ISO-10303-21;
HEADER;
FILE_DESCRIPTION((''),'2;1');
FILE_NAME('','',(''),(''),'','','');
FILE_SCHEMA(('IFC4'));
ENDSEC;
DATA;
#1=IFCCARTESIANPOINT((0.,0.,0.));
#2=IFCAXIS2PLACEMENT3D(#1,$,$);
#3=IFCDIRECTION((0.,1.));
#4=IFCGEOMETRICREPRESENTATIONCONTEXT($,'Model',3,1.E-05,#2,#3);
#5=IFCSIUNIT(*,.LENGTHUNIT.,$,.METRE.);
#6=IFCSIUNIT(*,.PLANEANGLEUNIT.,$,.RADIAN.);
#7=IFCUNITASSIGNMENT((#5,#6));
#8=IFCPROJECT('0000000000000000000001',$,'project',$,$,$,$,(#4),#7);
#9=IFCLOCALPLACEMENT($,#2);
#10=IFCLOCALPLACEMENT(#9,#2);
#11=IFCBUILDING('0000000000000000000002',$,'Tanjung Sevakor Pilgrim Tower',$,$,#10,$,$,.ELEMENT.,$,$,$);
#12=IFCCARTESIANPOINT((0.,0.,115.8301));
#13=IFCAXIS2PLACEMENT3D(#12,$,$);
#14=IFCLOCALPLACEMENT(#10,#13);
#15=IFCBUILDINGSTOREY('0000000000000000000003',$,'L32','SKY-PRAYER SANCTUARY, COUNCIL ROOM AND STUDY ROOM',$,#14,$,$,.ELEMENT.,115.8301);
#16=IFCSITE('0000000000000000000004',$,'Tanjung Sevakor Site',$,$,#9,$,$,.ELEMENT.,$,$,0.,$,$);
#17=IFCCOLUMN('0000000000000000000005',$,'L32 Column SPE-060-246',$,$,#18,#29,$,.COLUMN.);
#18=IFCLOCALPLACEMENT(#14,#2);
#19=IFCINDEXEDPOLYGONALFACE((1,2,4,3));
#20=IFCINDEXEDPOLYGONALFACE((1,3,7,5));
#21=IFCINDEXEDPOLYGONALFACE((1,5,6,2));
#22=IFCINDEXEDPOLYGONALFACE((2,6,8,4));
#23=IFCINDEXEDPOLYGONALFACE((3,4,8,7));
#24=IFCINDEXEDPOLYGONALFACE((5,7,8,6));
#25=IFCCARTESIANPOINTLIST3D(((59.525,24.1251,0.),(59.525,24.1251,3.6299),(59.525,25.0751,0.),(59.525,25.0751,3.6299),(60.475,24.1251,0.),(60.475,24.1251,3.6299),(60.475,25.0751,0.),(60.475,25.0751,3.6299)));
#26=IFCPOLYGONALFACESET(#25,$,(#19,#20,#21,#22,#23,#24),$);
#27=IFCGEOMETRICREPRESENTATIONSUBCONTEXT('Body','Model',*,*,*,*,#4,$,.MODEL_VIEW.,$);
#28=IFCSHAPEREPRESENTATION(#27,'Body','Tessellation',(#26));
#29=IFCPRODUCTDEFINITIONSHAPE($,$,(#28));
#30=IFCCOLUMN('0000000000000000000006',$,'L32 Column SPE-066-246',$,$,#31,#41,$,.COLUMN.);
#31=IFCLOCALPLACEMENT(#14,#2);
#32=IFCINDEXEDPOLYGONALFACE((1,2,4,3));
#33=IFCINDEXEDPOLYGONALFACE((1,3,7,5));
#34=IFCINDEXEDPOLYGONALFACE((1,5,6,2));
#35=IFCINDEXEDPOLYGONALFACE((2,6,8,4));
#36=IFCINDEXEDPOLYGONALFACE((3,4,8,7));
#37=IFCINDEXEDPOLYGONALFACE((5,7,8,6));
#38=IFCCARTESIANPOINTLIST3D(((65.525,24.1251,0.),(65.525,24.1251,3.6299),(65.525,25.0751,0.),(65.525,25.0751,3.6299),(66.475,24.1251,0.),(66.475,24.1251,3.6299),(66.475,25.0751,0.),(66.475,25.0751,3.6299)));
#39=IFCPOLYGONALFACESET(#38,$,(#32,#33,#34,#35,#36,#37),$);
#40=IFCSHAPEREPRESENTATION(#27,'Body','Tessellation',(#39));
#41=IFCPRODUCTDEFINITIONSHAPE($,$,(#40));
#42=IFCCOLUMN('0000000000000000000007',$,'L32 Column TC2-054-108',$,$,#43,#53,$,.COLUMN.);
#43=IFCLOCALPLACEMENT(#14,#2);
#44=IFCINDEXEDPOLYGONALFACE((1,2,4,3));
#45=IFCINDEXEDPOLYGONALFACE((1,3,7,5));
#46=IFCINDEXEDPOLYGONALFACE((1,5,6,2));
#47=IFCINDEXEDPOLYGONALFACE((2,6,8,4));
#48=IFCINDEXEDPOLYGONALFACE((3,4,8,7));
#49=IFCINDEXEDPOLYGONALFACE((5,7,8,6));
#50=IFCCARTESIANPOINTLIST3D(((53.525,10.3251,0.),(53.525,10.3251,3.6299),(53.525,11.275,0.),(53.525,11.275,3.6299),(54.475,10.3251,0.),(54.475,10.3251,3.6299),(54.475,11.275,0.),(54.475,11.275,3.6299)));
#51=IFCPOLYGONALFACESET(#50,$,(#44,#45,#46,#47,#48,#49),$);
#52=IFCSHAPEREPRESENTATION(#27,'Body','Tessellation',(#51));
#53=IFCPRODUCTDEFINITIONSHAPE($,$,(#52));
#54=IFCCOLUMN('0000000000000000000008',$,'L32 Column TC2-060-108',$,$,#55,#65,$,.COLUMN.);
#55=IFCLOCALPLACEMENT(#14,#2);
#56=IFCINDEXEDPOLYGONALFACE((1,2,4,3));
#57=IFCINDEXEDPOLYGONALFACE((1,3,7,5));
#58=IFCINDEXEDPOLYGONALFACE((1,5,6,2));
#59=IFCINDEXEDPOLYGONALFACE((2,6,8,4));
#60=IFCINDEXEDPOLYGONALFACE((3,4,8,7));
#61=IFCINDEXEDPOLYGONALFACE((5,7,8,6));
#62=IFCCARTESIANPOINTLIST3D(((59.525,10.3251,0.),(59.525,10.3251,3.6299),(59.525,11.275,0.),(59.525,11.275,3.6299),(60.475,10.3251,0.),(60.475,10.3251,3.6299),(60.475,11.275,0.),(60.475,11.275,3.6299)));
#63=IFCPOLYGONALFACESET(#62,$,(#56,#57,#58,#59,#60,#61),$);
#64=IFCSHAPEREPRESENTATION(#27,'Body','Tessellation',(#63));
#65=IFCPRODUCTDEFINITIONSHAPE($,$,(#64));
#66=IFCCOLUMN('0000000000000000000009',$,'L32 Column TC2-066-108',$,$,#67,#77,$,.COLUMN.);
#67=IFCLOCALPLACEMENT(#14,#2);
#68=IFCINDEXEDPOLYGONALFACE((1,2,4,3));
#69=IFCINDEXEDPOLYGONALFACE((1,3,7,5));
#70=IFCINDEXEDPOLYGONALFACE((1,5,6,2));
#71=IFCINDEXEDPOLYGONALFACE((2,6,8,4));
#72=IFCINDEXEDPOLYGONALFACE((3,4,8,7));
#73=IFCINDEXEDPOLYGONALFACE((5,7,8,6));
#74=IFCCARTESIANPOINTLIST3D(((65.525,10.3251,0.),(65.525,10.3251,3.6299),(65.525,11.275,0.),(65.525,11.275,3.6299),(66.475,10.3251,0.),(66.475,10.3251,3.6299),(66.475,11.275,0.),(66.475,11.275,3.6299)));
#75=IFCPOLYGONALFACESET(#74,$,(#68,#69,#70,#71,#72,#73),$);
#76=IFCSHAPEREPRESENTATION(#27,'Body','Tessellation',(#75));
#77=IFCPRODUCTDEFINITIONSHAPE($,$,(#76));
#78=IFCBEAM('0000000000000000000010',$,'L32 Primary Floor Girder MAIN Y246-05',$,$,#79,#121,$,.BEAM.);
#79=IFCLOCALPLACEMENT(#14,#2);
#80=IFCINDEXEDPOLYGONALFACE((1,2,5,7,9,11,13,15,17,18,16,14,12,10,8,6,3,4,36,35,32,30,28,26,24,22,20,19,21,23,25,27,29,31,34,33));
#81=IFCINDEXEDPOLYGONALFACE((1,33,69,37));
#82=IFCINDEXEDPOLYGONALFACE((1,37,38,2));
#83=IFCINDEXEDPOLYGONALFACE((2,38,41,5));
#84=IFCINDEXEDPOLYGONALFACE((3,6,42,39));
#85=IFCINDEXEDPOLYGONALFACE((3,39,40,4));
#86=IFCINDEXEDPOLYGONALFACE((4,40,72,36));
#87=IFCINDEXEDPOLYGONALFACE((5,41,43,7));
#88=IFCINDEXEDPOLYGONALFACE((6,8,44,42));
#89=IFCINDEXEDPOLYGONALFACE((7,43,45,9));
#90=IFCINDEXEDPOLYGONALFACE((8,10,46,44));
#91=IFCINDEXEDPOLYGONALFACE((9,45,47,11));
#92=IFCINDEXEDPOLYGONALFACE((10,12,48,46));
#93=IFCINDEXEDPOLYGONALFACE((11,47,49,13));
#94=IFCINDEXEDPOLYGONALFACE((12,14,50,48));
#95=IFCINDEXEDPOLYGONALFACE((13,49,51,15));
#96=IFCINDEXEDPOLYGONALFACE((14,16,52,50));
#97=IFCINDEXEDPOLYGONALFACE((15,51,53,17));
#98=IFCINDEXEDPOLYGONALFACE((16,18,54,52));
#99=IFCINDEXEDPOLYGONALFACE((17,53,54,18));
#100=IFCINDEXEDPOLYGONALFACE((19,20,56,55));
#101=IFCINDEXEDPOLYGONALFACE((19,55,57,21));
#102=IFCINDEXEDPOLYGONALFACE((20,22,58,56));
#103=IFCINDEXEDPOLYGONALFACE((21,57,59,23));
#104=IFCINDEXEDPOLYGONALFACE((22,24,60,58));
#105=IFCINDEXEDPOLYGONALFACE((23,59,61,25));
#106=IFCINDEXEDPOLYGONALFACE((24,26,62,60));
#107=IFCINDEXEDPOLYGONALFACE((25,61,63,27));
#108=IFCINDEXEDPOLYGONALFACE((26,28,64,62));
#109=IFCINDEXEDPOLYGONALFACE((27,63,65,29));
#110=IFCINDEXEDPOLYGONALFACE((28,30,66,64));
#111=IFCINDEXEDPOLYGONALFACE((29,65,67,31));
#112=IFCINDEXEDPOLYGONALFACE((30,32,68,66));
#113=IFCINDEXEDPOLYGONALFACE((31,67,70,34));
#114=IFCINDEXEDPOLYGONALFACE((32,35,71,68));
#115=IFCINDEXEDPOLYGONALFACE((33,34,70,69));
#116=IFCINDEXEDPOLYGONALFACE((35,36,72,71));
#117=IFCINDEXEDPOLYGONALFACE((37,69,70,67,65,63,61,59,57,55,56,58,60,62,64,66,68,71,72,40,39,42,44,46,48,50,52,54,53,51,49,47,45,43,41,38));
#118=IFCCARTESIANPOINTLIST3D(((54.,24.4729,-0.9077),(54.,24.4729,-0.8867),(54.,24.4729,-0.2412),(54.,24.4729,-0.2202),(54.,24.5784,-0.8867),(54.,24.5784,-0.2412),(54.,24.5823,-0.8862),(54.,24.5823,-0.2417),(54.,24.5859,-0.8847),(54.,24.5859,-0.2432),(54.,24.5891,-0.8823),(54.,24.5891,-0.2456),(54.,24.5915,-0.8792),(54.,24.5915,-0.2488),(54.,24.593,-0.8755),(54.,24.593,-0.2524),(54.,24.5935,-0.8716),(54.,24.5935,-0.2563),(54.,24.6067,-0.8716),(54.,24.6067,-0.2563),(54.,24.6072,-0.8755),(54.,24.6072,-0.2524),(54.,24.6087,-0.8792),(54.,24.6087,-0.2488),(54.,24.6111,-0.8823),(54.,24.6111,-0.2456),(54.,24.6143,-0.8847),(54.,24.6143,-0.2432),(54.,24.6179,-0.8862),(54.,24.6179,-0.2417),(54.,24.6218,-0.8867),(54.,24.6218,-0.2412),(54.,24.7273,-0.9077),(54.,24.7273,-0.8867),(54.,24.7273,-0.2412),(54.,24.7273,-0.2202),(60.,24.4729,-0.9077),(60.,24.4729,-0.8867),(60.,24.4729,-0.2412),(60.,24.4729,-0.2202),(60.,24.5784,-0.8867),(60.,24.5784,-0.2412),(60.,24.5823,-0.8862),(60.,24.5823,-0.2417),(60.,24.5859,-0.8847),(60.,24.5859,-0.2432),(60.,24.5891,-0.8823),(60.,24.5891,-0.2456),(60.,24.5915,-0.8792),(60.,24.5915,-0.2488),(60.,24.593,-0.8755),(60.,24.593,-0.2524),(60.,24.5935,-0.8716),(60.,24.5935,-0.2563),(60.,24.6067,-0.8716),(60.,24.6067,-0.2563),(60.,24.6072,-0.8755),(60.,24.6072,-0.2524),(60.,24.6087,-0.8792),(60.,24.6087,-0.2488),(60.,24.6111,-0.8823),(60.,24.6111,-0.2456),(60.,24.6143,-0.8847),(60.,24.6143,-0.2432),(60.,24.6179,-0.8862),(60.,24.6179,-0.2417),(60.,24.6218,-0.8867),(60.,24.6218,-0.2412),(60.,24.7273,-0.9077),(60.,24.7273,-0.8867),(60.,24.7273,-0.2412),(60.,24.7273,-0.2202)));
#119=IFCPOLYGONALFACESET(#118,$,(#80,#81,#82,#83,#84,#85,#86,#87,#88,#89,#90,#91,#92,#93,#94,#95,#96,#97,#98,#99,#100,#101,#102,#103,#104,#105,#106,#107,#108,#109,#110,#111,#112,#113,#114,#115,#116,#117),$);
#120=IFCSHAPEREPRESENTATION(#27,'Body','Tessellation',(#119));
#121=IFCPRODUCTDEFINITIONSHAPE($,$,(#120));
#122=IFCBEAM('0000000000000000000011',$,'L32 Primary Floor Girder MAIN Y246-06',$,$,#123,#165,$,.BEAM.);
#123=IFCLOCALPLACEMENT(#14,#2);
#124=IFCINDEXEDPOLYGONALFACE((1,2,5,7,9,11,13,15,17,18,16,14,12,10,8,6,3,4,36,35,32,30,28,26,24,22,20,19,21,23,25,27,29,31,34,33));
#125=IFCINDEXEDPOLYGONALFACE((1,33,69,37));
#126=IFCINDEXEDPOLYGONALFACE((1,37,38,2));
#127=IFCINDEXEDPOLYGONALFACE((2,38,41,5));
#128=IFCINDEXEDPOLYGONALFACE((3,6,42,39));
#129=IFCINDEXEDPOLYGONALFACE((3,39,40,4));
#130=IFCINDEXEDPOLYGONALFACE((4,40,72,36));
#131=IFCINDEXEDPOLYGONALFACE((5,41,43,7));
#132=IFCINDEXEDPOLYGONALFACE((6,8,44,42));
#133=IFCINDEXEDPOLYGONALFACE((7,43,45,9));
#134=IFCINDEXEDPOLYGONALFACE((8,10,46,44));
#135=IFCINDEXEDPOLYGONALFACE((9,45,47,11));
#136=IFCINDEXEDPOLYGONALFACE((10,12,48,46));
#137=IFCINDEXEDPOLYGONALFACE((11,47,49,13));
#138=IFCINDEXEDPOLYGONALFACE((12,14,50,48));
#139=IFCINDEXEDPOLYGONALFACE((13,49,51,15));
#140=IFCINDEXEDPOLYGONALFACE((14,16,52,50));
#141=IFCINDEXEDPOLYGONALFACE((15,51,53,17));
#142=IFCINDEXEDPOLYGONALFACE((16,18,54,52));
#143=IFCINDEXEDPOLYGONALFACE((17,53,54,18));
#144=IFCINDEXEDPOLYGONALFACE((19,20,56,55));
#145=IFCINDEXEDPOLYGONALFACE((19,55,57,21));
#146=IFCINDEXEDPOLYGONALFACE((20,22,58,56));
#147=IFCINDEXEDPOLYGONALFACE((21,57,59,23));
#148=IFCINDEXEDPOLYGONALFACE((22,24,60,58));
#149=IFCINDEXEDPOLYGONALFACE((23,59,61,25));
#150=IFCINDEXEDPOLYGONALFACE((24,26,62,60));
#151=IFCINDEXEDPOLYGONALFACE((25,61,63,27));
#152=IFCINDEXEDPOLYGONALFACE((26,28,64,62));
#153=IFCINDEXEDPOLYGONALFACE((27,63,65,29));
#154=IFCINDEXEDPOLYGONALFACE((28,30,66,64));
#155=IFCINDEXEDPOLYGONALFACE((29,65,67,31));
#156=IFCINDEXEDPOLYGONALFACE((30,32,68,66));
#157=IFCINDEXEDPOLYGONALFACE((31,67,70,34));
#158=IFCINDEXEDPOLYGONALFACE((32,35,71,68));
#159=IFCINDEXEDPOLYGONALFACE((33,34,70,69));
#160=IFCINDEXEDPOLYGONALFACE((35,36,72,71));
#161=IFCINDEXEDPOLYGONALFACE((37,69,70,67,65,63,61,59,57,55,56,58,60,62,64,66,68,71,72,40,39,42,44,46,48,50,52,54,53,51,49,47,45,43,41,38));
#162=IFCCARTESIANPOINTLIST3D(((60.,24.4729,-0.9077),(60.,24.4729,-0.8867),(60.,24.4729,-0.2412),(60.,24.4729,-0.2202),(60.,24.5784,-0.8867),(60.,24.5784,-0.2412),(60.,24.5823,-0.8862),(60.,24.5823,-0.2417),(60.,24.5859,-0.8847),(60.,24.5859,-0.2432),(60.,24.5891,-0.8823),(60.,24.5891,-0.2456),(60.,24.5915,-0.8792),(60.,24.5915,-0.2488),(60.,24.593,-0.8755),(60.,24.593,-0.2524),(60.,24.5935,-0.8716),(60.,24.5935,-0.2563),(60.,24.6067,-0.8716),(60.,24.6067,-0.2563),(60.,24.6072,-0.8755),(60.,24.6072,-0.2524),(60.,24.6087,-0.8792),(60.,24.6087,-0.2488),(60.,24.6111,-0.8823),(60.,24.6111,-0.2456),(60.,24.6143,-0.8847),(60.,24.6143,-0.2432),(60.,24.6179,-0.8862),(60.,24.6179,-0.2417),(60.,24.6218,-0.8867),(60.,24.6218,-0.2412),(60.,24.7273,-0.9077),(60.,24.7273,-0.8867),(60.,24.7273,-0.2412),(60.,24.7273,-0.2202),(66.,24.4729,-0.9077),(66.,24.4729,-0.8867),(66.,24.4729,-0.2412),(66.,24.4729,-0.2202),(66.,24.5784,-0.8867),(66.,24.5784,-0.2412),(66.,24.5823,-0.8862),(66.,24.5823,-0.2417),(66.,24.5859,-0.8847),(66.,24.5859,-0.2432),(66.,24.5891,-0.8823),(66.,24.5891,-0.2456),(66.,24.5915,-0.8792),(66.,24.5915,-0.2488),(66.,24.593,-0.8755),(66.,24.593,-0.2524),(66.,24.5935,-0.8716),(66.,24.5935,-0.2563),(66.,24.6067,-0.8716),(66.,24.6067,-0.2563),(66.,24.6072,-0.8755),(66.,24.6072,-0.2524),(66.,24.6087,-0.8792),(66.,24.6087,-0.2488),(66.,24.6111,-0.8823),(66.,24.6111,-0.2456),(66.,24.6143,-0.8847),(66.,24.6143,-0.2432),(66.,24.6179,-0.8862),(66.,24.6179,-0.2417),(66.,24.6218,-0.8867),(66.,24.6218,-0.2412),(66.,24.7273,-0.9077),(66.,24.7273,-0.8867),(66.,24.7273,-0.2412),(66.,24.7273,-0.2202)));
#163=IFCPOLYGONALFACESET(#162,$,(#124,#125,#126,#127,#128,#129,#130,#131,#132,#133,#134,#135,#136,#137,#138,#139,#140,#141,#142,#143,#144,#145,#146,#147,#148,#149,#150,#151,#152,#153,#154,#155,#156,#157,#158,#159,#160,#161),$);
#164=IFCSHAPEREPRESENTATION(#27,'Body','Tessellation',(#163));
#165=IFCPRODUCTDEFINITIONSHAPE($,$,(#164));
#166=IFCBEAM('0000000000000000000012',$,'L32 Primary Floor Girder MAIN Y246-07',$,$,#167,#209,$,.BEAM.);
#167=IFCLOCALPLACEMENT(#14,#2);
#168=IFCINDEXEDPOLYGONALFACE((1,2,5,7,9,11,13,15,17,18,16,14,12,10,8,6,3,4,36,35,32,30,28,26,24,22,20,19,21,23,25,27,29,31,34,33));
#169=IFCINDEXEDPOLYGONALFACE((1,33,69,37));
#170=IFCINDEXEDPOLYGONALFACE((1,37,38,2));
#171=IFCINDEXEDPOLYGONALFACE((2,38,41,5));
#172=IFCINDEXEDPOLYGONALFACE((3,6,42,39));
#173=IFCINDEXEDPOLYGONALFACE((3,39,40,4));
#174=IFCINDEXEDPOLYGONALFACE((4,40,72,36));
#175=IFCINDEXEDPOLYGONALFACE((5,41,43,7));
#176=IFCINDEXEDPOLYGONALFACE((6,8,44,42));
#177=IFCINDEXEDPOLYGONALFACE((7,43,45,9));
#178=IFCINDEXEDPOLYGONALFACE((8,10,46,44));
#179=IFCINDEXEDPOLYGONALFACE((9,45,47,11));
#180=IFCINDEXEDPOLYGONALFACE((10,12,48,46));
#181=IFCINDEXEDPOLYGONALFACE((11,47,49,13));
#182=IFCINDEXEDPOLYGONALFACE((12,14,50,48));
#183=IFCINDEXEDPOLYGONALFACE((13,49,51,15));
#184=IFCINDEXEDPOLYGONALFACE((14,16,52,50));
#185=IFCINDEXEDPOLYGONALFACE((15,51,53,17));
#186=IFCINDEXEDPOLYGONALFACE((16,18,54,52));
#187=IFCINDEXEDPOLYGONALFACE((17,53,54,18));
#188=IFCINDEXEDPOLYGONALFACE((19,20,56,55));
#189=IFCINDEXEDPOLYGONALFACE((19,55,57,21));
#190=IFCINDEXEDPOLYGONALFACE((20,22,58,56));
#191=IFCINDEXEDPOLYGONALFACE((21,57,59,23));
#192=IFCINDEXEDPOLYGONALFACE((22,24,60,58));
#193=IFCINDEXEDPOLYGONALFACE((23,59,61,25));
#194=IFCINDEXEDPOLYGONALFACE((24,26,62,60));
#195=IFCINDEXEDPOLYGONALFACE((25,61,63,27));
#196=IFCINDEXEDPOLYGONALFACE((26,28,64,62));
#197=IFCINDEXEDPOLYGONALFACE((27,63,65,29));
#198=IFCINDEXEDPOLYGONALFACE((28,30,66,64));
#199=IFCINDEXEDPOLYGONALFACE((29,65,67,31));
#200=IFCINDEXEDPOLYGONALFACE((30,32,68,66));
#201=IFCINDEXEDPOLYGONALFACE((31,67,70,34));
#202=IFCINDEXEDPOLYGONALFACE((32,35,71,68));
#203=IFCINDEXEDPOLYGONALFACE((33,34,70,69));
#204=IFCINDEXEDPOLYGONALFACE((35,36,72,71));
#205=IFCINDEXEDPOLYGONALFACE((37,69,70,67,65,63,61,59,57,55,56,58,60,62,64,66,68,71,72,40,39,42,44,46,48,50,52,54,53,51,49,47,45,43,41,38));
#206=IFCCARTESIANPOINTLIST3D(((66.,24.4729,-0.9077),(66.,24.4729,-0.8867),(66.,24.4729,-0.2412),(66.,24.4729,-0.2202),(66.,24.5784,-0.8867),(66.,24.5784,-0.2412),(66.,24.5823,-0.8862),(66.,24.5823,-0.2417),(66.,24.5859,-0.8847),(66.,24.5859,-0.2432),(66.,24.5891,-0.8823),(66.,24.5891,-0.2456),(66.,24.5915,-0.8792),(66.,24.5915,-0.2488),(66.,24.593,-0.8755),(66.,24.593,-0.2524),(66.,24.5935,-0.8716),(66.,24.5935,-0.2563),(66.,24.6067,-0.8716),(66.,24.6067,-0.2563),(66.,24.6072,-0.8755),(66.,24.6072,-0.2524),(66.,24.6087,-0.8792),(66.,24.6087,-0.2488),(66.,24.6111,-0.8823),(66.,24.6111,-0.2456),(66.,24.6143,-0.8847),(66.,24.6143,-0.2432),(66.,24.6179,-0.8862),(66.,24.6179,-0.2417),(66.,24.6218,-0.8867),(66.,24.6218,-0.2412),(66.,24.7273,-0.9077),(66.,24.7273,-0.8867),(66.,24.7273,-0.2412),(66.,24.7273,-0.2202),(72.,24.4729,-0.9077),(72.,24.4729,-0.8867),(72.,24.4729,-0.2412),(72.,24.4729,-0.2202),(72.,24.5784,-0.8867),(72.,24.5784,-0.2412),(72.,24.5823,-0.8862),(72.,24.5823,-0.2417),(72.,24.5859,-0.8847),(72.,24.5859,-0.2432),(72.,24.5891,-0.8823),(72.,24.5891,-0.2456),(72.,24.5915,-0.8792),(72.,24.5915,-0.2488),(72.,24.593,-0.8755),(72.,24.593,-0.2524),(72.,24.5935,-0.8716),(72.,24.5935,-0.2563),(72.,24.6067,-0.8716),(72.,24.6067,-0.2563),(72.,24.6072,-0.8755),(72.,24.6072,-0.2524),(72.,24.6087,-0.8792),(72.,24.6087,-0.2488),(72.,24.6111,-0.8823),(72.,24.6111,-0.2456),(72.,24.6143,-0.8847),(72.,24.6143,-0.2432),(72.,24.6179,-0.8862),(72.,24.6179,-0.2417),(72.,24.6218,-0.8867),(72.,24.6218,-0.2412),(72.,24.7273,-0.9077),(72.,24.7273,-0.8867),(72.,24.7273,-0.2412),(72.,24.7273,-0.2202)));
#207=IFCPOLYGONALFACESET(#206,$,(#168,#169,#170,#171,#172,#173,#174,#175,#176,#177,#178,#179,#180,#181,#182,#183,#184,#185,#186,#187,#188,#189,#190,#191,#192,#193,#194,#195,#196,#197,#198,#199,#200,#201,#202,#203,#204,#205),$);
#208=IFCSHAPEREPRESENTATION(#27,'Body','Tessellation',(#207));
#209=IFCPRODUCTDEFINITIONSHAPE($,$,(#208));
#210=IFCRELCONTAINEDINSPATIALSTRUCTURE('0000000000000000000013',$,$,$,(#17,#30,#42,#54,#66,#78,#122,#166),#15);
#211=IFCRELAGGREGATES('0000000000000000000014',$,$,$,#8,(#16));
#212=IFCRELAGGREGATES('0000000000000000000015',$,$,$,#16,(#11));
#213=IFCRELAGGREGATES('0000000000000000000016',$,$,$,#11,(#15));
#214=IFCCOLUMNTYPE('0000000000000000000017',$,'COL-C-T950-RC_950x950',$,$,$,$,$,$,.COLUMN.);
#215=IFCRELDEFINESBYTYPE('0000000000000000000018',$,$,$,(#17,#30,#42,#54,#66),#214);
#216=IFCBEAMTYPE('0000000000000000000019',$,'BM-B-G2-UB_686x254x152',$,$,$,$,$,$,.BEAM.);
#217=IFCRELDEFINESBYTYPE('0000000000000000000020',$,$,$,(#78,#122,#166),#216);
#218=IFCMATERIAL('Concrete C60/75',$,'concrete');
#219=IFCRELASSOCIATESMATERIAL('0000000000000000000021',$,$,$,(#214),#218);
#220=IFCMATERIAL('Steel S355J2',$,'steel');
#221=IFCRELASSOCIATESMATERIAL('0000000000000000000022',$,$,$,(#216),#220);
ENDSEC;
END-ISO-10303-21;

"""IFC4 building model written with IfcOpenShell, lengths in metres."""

from ifc_helpers import new_model, si_unit, direction, frame, origin, origin_2d, place, context, subcontext, project, spatial, rectangle, i_section, extrude, material, material_profile, profile_set, type_object, element, save


model = new_model("IFC4")

# Units and contexts
model_context = context("Model", 3, precision=1e-05, world=origin(), true_north=direction((0.0, 1.0)))
body_context = subcontext(model_context, "Body", "Model", "MODEL_VIEW")
ifc_project = project(units=[si_unit("LENGTHUNIT", "METRE"), si_unit("PLANEANGLEUNIT", "RADIAN")], contexts=[model_context])

# Site, building, storey
site_placement = place(None, origin())
site = spatial("IfcSite", under=ifc_project, at=site_placement, Name="Tanjung Sevakor Site", CompositionType="ELEMENT", RefElevation=0.0)
building_placement = place(site_placement, origin())
building = spatial("IfcBuilding", under=site, at=building_placement, Name="Tanjung Sevakor Pilgrim Tower", CompositionType="ELEMENT")
storey_placement = place(building_placement, frame((0.0, 0.0, 115.8301)))
storey = spatial("IfcBuildingStorey", under=building, at=storey_placement, Name="L32", Description="SKY-PRAYER SANCTUARY, COUNCIL ROOM AND STUDY ROOM", CompositionType="ELEMENT", Elevation=115.8301)

# Columns
ifc_material_1 = material(Name="Concrete C60/75", Category="concrete")
ifc_material_profile_1 = material_profile(ifc_material_1, rectangle(XDim=0.95, YDim=0.95, at=origin_2d()))
ifc_profile_set_1 = profile_set([ifc_material_profile_1], Name="Concrete C60/75")
column_type = type_object("IfcColumnType", Name="COL-C-T950-RC_950x950", PredefinedType="COLUMN", material=ifc_profile_set_1)
for number, where, z_axis, x_axis, name in (
    (1, (60.0, 24.6001, 0.0), (0.0, 0.0, 1.0), (1.0, 0.0, 0.0), "L32 Column SPE-060-246"),
    (2, (66.0, 24.6001, 0.0), (0.0, 0.0, 1.0), (1.0, 0.0, 0.0), "L32 Column SPE-066-246"),
    (3, (54.0, 10.8, 0.0), (0.0, 0.0, 1.0), (1.0, 0.0, 0.0), "L32 Column TC2-054-108"),
    (4, (60.0, 10.8, 0.0), (0.0, 0.0, 1.0), (1.0, 0.0, 0.0), "L32 Column TC2-060-108"),
    (5, (66.0, 10.8, 0.0), (0.0, 0.0, 1.0), (1.0, 0.0, 0.0), "L32 Column TC2-066-108"),
):
    element("IfcColumn", number, at=place(storey_placement, frame(where, z_axis=z_axis, x_axis=x_axis)), inside=storey, type_object=column_type, Name=name, PredefinedType="COLUMN", context=body_context, shape_type="SweptSolid", body=[
        extrude(rectangle(XDim=0.95, YDim=0.95, at=origin_2d()), origin(), (0.0, 0.0, 1.0), 3.6299),
    ])

# Beams
ifc_material_2 = material(Name="Steel S355J2", Category="steel")
ifc_material_profile_2 = material_profile(ifc_material_2, i_section(OverallWidth=0.2544, OverallDepth=0.6875, WebThickness=0.0132, FlangeThickness=0.021, FilletRadius=0.0151, at=origin_2d()))
ifc_profile_set_2 = profile_set([ifc_material_profile_2], Name="Steel S355J2")
beam_type_1 = type_object("IfcBeamType", Name="BM-B-G2-UB_686x254x152", PredefinedType="BEAM", material=ifc_profile_set_2)
for number, where, z_axis, x_axis, name in (
    (6, (54.0, 24.6001, -0.564), (1.0, 0.0, 0.0), (0.0, 1.0, 0.0), "L32 Primary Floor Girder MAIN Y246-05"),
    (7, (60.0, 24.6001, -0.564), (1.0, 0.0, 0.0), (0.0, 1.0, 0.0), "L32 Primary Floor Girder MAIN Y246-06"),
    (8, (66.0, 24.6001, -0.564), (1.0, 0.0, 0.0), (0.0, 1.0, 0.0), "L32 Primary Floor Girder MAIN Y246-07"),
):
    element("IfcBeam", number, at=place(storey_placement, frame(where, z_axis=z_axis, x_axis=x_axis)), inside=storey, type_object=beam_type_1, Name=name, PredefinedType="BEAM", context=body_context, shape_type="SweptSolid", body=[
        extrude(i_section(OverallWidth=0.2544, OverallDepth=0.6875, WebThickness=0.0132, FlangeThickness=0.021, FilletRadius=0.0151, at=origin_2d()), origin(), (0.0, 0.0, 1.0), 6.0),
    ])

save(model, "model.ifc")
